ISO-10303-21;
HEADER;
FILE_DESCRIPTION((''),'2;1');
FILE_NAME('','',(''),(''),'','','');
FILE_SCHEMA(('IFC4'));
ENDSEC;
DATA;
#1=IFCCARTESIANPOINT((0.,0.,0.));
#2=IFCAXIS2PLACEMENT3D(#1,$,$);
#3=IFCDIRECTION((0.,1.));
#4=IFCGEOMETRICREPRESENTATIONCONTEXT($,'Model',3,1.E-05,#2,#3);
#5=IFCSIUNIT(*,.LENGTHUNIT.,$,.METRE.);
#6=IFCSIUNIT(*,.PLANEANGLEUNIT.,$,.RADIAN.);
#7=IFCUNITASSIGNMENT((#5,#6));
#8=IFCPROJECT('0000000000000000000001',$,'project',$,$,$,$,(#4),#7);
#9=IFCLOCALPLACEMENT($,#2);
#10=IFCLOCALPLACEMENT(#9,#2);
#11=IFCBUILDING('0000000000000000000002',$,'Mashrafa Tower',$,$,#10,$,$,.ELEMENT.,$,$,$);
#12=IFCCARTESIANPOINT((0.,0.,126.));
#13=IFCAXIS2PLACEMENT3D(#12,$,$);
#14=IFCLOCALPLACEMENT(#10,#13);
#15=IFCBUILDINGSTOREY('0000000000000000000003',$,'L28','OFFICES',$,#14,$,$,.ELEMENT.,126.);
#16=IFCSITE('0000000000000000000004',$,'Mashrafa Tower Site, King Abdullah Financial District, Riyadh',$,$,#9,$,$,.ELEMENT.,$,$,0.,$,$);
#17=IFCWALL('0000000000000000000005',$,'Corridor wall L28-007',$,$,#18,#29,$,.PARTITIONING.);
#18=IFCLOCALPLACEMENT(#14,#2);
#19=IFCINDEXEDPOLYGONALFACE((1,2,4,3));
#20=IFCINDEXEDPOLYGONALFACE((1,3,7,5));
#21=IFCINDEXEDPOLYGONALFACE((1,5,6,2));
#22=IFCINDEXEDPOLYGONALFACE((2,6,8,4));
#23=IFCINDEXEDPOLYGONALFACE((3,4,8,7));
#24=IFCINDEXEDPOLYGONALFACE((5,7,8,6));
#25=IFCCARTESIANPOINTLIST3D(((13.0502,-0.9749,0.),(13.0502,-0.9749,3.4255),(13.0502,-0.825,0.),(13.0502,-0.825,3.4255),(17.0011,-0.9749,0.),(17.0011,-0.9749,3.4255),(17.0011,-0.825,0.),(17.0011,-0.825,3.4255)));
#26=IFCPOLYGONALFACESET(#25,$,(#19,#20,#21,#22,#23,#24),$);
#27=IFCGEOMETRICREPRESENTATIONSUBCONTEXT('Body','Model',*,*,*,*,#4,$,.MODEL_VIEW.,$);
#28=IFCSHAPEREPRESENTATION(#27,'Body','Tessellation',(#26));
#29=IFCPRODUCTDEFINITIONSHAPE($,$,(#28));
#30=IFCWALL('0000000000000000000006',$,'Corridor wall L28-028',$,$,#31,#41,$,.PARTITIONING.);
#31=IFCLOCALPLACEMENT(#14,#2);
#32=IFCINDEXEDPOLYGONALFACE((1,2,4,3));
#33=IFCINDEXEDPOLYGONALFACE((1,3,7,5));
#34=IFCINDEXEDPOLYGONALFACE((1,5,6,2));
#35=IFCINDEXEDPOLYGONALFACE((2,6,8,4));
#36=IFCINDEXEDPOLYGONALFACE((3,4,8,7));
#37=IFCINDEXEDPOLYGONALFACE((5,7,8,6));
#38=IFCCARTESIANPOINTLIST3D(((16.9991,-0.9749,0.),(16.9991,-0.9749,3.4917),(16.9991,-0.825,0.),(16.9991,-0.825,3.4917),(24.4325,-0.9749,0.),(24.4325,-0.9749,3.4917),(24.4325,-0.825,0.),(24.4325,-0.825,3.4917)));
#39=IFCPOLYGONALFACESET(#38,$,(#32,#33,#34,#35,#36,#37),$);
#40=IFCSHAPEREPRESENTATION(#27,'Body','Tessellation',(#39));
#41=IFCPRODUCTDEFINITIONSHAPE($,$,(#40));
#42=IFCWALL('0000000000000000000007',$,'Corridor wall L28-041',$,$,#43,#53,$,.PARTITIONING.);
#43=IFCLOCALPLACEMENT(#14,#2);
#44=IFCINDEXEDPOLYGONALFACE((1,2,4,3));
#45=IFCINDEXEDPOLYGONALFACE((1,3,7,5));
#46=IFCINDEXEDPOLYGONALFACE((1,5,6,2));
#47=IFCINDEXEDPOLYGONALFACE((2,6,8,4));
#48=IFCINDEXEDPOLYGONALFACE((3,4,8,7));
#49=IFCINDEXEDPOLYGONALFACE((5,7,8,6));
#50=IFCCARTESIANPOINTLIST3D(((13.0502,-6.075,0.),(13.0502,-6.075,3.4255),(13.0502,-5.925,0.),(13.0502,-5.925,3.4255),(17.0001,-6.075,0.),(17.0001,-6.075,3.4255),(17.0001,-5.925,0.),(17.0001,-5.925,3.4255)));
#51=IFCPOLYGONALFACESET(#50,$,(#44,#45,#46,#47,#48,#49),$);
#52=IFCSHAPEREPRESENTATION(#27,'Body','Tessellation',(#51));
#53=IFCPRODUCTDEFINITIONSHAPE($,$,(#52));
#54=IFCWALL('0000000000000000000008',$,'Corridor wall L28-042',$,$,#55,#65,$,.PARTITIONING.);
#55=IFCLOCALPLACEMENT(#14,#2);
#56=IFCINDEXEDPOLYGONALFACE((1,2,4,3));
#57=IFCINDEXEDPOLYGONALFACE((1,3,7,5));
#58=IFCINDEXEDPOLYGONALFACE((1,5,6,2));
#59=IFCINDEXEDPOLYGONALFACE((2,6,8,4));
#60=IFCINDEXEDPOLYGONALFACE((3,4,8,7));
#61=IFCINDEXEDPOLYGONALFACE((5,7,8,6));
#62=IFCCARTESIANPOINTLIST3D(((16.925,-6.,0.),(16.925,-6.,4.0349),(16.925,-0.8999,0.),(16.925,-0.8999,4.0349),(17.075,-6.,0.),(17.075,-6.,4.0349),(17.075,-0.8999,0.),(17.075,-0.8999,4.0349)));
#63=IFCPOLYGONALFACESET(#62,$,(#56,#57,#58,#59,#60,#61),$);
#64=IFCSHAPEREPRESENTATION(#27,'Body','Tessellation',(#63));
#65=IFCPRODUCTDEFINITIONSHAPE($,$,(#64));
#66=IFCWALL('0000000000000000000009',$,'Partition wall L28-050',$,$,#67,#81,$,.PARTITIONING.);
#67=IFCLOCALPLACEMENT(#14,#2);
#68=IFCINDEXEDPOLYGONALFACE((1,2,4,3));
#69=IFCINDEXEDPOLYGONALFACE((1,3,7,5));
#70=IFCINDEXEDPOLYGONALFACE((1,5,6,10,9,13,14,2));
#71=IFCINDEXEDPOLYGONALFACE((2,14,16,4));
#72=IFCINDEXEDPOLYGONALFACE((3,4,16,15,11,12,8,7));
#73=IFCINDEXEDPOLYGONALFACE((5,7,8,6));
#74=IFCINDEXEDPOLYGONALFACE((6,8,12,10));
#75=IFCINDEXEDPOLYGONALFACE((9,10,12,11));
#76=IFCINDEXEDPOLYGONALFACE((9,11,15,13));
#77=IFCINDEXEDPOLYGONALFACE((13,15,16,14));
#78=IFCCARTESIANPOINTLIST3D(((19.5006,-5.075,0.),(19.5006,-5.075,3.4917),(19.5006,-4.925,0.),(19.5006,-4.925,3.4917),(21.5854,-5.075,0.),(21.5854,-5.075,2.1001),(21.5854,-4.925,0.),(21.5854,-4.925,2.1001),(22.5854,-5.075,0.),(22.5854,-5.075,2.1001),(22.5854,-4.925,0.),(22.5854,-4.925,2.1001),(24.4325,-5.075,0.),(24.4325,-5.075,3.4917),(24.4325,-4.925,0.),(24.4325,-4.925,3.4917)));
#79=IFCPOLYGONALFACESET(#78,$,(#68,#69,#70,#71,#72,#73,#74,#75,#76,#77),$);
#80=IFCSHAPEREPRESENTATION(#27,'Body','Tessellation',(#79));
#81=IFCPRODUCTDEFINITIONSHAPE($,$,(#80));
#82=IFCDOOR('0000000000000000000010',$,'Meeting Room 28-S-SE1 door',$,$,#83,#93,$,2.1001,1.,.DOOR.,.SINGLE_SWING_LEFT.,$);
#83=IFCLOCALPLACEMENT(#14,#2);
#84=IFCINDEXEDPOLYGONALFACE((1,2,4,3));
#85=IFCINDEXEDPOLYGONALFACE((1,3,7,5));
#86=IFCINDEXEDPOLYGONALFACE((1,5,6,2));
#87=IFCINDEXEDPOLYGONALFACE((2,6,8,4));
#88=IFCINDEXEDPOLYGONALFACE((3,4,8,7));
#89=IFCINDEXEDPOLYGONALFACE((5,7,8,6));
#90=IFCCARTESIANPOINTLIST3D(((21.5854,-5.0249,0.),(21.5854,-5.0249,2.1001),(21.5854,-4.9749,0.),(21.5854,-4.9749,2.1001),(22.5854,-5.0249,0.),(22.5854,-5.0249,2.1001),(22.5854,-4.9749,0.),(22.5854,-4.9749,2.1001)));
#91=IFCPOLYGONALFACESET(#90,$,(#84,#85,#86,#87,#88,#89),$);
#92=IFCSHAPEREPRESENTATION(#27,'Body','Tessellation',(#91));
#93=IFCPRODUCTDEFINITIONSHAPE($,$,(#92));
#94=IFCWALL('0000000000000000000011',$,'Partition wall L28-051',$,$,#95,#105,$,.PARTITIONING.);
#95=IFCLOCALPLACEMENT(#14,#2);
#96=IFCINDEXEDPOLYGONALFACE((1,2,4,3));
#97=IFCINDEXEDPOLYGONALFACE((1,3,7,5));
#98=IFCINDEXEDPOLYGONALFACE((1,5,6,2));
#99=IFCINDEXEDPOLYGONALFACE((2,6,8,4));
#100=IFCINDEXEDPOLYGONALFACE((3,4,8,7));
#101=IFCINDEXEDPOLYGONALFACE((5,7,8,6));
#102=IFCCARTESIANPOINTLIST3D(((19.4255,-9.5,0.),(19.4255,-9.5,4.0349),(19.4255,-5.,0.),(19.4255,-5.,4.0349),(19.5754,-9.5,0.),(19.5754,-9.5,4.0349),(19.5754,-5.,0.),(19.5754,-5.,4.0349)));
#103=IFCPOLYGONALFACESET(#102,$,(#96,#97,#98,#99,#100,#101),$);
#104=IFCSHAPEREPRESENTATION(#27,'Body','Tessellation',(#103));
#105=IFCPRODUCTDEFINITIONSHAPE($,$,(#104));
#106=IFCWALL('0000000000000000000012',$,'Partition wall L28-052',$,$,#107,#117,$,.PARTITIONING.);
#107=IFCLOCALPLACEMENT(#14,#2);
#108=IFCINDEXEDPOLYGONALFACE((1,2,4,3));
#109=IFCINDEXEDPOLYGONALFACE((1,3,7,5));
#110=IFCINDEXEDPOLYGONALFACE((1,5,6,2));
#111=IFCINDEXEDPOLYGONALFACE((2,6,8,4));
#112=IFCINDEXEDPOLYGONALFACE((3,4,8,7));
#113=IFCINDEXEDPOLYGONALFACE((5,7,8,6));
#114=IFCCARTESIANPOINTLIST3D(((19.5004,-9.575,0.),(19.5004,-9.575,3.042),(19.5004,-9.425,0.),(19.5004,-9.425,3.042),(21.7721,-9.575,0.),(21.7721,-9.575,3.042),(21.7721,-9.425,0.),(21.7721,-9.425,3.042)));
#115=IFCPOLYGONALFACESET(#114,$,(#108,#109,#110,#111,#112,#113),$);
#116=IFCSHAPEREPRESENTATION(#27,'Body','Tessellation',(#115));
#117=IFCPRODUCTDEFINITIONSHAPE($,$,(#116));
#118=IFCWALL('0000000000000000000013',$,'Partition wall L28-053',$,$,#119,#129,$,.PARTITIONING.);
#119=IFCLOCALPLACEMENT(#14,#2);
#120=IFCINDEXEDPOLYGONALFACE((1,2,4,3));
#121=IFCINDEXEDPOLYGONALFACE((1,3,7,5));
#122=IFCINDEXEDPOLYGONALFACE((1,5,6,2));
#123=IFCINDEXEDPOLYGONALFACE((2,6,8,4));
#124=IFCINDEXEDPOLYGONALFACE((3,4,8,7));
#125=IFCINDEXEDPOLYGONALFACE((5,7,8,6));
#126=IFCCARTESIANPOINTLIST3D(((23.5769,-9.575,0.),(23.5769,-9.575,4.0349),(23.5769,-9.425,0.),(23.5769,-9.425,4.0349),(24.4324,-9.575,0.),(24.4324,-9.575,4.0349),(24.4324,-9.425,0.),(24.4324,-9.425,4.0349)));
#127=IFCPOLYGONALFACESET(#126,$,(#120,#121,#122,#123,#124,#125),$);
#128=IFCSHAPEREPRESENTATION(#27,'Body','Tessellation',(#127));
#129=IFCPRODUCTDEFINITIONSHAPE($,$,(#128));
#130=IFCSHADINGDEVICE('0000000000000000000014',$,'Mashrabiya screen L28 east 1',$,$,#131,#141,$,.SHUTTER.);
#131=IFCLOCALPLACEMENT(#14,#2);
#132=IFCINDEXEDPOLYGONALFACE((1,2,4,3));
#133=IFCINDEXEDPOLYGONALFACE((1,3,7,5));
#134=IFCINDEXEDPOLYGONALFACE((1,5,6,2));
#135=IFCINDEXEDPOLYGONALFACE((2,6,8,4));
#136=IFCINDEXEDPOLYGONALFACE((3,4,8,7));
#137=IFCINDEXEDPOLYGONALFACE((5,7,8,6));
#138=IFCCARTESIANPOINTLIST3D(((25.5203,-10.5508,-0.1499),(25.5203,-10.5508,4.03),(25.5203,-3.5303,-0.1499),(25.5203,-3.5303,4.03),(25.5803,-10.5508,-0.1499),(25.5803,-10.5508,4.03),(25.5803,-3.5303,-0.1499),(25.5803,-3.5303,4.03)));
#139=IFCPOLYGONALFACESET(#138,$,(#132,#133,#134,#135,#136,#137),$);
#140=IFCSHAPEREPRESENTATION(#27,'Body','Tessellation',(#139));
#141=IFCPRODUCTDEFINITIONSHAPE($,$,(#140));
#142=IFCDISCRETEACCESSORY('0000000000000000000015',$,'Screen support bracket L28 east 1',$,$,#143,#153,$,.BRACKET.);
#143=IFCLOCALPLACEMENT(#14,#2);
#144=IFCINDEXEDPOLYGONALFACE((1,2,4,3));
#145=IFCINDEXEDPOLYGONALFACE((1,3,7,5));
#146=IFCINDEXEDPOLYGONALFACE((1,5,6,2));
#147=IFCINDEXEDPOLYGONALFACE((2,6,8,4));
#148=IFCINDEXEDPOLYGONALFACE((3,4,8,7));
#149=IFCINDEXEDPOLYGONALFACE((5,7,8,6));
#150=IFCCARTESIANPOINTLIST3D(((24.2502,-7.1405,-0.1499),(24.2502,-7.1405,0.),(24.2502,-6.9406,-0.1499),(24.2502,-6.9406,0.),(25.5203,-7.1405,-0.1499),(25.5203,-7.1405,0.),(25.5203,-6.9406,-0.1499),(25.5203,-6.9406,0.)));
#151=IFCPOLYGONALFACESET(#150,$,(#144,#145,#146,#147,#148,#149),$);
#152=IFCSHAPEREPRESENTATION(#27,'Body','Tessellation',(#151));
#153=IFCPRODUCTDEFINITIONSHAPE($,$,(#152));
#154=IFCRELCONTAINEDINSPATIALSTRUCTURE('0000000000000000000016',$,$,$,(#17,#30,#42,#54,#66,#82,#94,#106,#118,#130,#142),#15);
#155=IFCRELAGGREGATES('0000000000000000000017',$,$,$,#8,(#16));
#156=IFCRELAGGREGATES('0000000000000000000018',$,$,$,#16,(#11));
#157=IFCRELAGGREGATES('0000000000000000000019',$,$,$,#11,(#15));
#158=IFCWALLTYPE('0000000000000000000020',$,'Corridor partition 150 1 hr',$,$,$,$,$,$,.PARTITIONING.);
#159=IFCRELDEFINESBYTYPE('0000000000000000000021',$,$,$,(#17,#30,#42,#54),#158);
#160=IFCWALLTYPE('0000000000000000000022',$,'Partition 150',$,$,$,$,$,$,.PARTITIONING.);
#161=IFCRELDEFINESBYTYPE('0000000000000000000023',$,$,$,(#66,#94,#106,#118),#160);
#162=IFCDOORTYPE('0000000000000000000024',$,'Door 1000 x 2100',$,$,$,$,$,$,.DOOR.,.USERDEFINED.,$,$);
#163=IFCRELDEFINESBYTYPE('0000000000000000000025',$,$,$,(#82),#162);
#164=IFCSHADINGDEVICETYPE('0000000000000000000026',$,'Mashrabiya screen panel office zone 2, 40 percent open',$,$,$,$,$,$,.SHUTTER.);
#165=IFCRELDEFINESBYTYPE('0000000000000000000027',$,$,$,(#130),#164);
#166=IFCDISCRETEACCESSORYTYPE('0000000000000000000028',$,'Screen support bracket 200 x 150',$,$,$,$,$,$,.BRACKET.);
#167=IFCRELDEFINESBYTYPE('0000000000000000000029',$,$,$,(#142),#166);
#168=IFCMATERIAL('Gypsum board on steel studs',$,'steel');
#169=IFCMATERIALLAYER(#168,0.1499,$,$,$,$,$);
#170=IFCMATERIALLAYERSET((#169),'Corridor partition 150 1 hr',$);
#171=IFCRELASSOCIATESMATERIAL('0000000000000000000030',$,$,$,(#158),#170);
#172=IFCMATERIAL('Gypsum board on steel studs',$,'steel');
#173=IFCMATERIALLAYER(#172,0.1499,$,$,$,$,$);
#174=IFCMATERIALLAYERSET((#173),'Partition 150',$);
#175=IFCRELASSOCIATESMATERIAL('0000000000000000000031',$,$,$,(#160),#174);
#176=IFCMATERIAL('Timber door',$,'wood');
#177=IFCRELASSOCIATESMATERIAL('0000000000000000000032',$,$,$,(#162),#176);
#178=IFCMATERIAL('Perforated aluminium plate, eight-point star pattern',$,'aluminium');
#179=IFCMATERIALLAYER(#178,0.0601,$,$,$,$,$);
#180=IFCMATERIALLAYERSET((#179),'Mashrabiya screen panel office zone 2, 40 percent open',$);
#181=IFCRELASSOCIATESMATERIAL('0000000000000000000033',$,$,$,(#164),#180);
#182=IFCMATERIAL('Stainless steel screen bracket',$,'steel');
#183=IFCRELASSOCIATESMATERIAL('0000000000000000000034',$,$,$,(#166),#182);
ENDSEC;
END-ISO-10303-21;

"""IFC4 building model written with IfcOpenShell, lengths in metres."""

from ifc_helpers import new_model, si_unit, direction, frame, frame_2d, origin, origin_2d, place, context, subcontext, project, spatial, rectangle, extrude, source, transform, mapped, material, layer, layer_set, type_object, type_shapes, element, fill, save


model = new_model("IFC4")

# Units and contexts
model_context = context("Model", 3, precision=1e-05, world=origin(), true_north=direction((0.0, 1.0)))
body_context = subcontext(model_context, "Body", "Model", "MODEL_VIEW")
ifc_project = project(units=[si_unit("LENGTHUNIT", "METRE"), si_unit("PLANEANGLEUNIT", "RADIAN")], contexts=[model_context])

# Site, building, storey
site_placement = place(None, origin())
site = spatial("IfcSite", under=ifc_project, at=site_placement, Name="Mashrafa Tower Site, King Abdullah Financial District, Riyadh", CompositionType="ELEMENT", RefElevation=0.0)
building_placement = place(site_placement, origin())
building = spatial("IfcBuilding", under=site, at=building_placement, Name="Mashrafa Tower", CompositionType="ELEMENT")
storey_placement = place(building_placement, frame((0.0, 0.0, 126.0)))
storey = spatial("IfcBuildingStorey", under=building, at=storey_placement, Name="L28", Description="OFFICES", CompositionType="ELEMENT", Elevation=126.0)

# Shared definitions
ifc_material_1 = material(Name="Gypsum board on steel studs", Category="steel")
ifc_layer_1 = layer(ifc_material_1, 0.1499)
ifc_layer_set_1 = layer_set([ifc_layer_1], Name="Corridor partition 150 1 hr")
wall_type_1 = type_object("IfcWallType", Name="Corridor partition 150 1 hr", PredefinedType="PARTITIONING", material=ifc_layer_set_1)

# Walls
wall_1_placement = place(storey_placement, frame((13.05, -0.8999, 0.0), z_axis=(0.0, 0.0, 1.0), x_axis=(1.0, 0.0, 0.0)))
element("IfcWall", 1, at=wall_1_placement, inside=storey, type_object=wall_type_1, Name="Corridor wall L28-007", PredefinedType="PARTITIONING", context=body_context, shape_type="SweptSolid", body=[
    extrude(rectangle(XDim=3.9509, YDim=0.1499, at=frame_2d((1.9756, 0.0))), origin(), (0.0, 0.0, 1.0), 3.4255),
])
wall_2_placement = place(storey_placement, frame((16.999, -0.8999, 0.0), z_axis=(0.0, 0.0, 1.0), x_axis=(1.0, 0.0, 0.0)))
element("IfcWall", 2, at=wall_2_placement, inside=storey, type_object=wall_type_1, Name="Corridor wall L28-028", PredefinedType="PARTITIONING", context=body_context, shape_type="SweptSolid", body=[
    extrude(rectangle(XDim=7.4333, YDim=0.1499, at=frame_2d((3.7168, 0.0))), origin(), (0.0, 0.0, 1.0), 3.4917),
])
wall_3_placement = place(storey_placement, frame((13.05, -6.0, 0.0), z_axis=(0.0, 0.0, 1.0), x_axis=(1.0, 0.0, 0.0)))
element("IfcWall", 3, at=wall_3_placement, inside=storey, type_object=wall_type_1, Name="Corridor wall L28-041", PredefinedType="PARTITIONING", context=body_context, shape_type="SweptSolid", body=[
    extrude(rectangle(XDim=3.95, YDim=0.1499, at=frame_2d((1.9751, 0.0))), origin(), (0.0, 0.0, 1.0), 3.4255),
])
wall_4_placement = place(storey_placement, frame((17.0, -6.0, 0.0), z_axis=(0.0, 0.0, 1.0), x_axis=(0.0, 1.0, 0.0)))
element("IfcWall", 4, at=wall_4_placement, inside=storey, type_object=wall_type_1, Name="Corridor wall L28-042", PredefinedType="PARTITIONING", context=body_context, shape_type="SweptSolid", body=[
    extrude(rectangle(XDim=5.1001, YDim=0.1499, at=frame_2d((2.55, 0.0))), origin(), (0.0, 0.0, 1.0), 4.0349),
])

# Wall, opening, door
ifc_material_2 = material(Name="Gypsum board on steel studs", Category="steel")
ifc_layer_2 = layer(ifc_material_2, 0.1499)
ifc_layer_set_2 = layer_set([ifc_layer_2], Name="Partition 150")
wall_type_2 = type_object("IfcWallType", Name="Partition 150", PredefinedType="PARTITIONING", material=ifc_layer_set_2)
wall_5_placement = place(storey_placement, frame((24.4324, -5.0, 0.0), z_axis=(0.0, 0.0, 1.0), x_axis=(-1.0, 0.0, 0.0)))
wall_5 = element("IfcWall", 5, at=wall_5_placement, inside=storey, type_object=wall_type_2, Name="Partition wall L28-050", PredefinedType="PARTITIONING", context=body_context, shape_type="SweptSolid", body=[
    extrude(rectangle(XDim=4.9319, YDim=0.1499, at=frame_2d((2.4658, 0.0))), origin(), (0.0, 0.0, 1.0), 3.4917),
])
opening_1_placement = place(wall_5_placement, frame((1.8469, 0.0, 0.0)))
opening_1 = element("IfcOpeningElement", 6, at=opening_1_placement, cuts=wall_5, PredefinedType="OPENING", context=body_context, shape_type="SweptSolid", body=[
    extrude(rectangle(XDim=1.0, YDim=2.1001, at=frame_2d((0.5, 1.05))), frame((0.0, 0.085, 0.0), z_axis=(0.0, -1.0, 0.0), x_axis=(1.0, 0.0, 0.0)), (0.0, 0.0, 1.0), 0.1699),
])
ifc_material_3 = material(Name="Timber door", Category="wood")
door_type_1 = type_object("IfcDoorType", Name="Door 1000 x 2100", OperationType="USERDEFINED", PredefinedType="DOOR", material=ifc_material_3)
door_1_placement = place(opening_1_placement, origin())
door_1 = element("IfcDoor", 7, at=door_1_placement, inside=storey, type_object=door_type_1, Name="Meeting Room 28-S-SE1 door", OperationType="SINGLE_SWING_LEFT", OverallHeight=2.1001, OverallWidth=1.0, PredefinedType="DOOR", context=body_context, shape_type="SweptSolid", body=[
    extrude(rectangle(XDim=1.0, YDim=2.1001, at=frame_2d((0.5, 1.05))), frame((0.0, 0.0249, 0.0), z_axis=(0.0, -1.0, 0.0), x_axis=(1.0, 0.0, 0.0)), (0.0, 0.0, 1.0), 0.05),
])
fill(opening_1, door_1)

# Walls
wall_6_placement = place(storey_placement, frame((19.5005, -5.0, 0.0), z_axis=(0.0, 0.0, 1.0), x_axis=(0.0, -1.0, 0.0)))
element("IfcWall", 8, at=wall_6_placement, inside=storey, type_object=wall_type_2, Name="Partition wall L28-051", PredefinedType="PARTITIONING", context=body_context, shape_type="SweptSolid", body=[
    extrude(rectangle(XDim=4.5, YDim=0.1499, at=frame_2d((2.25, 0.0))), origin(), (0.0, 0.0, 1.0), 4.0349),
])
wall_7_placement = place(storey_placement, frame((19.5005, -9.5, 0.0), z_axis=(0.0, 0.0, 1.0), x_axis=(1.0, 0.0, 0.0)))
element("IfcWall", 9, at=wall_7_placement, inside=storey, type_object=wall_type_2, Name="Partition wall L28-052", PredefinedType="PARTITIONING", context=body_context, shape_type="SweptSolid", body=[
    extrude(rectangle(XDim=2.2717, YDim=0.1499, at=frame_2d((1.1357, 0.0))), origin(), (0.0, 0.0, 1.0), 3.042),
])
wall_8_placement = place(storey_placement, frame((23.5769, -9.5, 0.0), z_axis=(0.0, 0.0, 1.0), x_axis=(1.0, 0.0, 0.0)))
element("IfcWall", 10, at=wall_8_placement, inside=storey, type_object=wall_type_2, Name="Partition wall L28-053", PredefinedType="PARTITIONING", context=body_context, shape_type="SweptSolid", body=[
    extrude(rectangle(XDim=0.8555, YDim=0.1499, at=frame_2d((0.4277, 0.0))), origin(), (0.0, 0.0, 1.0), 4.0349),
])

# Shading device
ifc_material_4 = material(Name="Perforated aluminium plate, eight-point star pattern", Category="aluminium")
ifc_layer_3 = layer(ifc_material_4, 0.0601)
ifc_layer_set_3 = layer_set([ifc_layer_3], Name="Mashrabiya screen panel office zone 2, 40 percent open")
shading_device_type = type_object("IfcShadingDeviceType", Name="Mashrabiya screen panel office zone 2, 40 percent open", PredefinedType="SHUTTER", material=ifc_layer_set_3)
shared_shape_1 = source(origin(), body_context, "Body", "SweptSolid", [
    extrude(rectangle(XDim=7.0205, YDim=0.0601, at=origin_2d()), origin(), (0.0, 0.0, 1.0), 4.1799),
])
type_shapes(shading_device_type, [shared_shape_1])
shading_device_placement = place(storey_placement, frame((25.5503, -7.0405, -0.1499), z_axis=(0.0, 0.0, 1.0), x_axis=(0.0, 1.0, 0.0)))
element("IfcShadingDevice", 11, at=shading_device_placement, inside=storey, type_object=shading_device_type, Name="Mashrabiya screen L28 east 1", PredefinedType="SHUTTER", context=body_context, shape_type="MappedRepresentation", body=[
    mapped(shared_shape_1, transform((0.0, 0.0, 0.0))),
])

# Discrete accessory
ifc_material_5 = material(Name="Stainless steel screen bracket", Category="steel")
discrete_accessory_type = type_object("IfcDiscreteAccessoryType", Name="Screen support bracket 200 x 150", PredefinedType="BRACKET", material=ifc_material_5)
shared_shape_2 = source(origin(), body_context, "Body", "SweptSolid", [
    extrude(rectangle(XDim=0.2, YDim=1.27, at=origin_2d()), origin(), (0.0, 0.0, 1.0), 0.1499),
])
type_shapes(discrete_accessory_type, [shared_shape_2])
discrete_accessory_placement = place(storey_placement, frame((24.8853, -7.0405, -0.1499), z_axis=(0.0, 0.0, 1.0), x_axis=(0.0, 1.0, 0.0)))
element("IfcDiscreteAccessory", 12, at=discrete_accessory_placement, inside=storey, type_object=discrete_accessory_type, Name="Screen support bracket L28 east 1", PredefinedType="BRACKET", context=body_context, shape_type="MappedRepresentation", body=[
    mapped(shared_shape_2, transform((0.0, 0.0, 0.0))),
])

save(model, "model.ifc")
